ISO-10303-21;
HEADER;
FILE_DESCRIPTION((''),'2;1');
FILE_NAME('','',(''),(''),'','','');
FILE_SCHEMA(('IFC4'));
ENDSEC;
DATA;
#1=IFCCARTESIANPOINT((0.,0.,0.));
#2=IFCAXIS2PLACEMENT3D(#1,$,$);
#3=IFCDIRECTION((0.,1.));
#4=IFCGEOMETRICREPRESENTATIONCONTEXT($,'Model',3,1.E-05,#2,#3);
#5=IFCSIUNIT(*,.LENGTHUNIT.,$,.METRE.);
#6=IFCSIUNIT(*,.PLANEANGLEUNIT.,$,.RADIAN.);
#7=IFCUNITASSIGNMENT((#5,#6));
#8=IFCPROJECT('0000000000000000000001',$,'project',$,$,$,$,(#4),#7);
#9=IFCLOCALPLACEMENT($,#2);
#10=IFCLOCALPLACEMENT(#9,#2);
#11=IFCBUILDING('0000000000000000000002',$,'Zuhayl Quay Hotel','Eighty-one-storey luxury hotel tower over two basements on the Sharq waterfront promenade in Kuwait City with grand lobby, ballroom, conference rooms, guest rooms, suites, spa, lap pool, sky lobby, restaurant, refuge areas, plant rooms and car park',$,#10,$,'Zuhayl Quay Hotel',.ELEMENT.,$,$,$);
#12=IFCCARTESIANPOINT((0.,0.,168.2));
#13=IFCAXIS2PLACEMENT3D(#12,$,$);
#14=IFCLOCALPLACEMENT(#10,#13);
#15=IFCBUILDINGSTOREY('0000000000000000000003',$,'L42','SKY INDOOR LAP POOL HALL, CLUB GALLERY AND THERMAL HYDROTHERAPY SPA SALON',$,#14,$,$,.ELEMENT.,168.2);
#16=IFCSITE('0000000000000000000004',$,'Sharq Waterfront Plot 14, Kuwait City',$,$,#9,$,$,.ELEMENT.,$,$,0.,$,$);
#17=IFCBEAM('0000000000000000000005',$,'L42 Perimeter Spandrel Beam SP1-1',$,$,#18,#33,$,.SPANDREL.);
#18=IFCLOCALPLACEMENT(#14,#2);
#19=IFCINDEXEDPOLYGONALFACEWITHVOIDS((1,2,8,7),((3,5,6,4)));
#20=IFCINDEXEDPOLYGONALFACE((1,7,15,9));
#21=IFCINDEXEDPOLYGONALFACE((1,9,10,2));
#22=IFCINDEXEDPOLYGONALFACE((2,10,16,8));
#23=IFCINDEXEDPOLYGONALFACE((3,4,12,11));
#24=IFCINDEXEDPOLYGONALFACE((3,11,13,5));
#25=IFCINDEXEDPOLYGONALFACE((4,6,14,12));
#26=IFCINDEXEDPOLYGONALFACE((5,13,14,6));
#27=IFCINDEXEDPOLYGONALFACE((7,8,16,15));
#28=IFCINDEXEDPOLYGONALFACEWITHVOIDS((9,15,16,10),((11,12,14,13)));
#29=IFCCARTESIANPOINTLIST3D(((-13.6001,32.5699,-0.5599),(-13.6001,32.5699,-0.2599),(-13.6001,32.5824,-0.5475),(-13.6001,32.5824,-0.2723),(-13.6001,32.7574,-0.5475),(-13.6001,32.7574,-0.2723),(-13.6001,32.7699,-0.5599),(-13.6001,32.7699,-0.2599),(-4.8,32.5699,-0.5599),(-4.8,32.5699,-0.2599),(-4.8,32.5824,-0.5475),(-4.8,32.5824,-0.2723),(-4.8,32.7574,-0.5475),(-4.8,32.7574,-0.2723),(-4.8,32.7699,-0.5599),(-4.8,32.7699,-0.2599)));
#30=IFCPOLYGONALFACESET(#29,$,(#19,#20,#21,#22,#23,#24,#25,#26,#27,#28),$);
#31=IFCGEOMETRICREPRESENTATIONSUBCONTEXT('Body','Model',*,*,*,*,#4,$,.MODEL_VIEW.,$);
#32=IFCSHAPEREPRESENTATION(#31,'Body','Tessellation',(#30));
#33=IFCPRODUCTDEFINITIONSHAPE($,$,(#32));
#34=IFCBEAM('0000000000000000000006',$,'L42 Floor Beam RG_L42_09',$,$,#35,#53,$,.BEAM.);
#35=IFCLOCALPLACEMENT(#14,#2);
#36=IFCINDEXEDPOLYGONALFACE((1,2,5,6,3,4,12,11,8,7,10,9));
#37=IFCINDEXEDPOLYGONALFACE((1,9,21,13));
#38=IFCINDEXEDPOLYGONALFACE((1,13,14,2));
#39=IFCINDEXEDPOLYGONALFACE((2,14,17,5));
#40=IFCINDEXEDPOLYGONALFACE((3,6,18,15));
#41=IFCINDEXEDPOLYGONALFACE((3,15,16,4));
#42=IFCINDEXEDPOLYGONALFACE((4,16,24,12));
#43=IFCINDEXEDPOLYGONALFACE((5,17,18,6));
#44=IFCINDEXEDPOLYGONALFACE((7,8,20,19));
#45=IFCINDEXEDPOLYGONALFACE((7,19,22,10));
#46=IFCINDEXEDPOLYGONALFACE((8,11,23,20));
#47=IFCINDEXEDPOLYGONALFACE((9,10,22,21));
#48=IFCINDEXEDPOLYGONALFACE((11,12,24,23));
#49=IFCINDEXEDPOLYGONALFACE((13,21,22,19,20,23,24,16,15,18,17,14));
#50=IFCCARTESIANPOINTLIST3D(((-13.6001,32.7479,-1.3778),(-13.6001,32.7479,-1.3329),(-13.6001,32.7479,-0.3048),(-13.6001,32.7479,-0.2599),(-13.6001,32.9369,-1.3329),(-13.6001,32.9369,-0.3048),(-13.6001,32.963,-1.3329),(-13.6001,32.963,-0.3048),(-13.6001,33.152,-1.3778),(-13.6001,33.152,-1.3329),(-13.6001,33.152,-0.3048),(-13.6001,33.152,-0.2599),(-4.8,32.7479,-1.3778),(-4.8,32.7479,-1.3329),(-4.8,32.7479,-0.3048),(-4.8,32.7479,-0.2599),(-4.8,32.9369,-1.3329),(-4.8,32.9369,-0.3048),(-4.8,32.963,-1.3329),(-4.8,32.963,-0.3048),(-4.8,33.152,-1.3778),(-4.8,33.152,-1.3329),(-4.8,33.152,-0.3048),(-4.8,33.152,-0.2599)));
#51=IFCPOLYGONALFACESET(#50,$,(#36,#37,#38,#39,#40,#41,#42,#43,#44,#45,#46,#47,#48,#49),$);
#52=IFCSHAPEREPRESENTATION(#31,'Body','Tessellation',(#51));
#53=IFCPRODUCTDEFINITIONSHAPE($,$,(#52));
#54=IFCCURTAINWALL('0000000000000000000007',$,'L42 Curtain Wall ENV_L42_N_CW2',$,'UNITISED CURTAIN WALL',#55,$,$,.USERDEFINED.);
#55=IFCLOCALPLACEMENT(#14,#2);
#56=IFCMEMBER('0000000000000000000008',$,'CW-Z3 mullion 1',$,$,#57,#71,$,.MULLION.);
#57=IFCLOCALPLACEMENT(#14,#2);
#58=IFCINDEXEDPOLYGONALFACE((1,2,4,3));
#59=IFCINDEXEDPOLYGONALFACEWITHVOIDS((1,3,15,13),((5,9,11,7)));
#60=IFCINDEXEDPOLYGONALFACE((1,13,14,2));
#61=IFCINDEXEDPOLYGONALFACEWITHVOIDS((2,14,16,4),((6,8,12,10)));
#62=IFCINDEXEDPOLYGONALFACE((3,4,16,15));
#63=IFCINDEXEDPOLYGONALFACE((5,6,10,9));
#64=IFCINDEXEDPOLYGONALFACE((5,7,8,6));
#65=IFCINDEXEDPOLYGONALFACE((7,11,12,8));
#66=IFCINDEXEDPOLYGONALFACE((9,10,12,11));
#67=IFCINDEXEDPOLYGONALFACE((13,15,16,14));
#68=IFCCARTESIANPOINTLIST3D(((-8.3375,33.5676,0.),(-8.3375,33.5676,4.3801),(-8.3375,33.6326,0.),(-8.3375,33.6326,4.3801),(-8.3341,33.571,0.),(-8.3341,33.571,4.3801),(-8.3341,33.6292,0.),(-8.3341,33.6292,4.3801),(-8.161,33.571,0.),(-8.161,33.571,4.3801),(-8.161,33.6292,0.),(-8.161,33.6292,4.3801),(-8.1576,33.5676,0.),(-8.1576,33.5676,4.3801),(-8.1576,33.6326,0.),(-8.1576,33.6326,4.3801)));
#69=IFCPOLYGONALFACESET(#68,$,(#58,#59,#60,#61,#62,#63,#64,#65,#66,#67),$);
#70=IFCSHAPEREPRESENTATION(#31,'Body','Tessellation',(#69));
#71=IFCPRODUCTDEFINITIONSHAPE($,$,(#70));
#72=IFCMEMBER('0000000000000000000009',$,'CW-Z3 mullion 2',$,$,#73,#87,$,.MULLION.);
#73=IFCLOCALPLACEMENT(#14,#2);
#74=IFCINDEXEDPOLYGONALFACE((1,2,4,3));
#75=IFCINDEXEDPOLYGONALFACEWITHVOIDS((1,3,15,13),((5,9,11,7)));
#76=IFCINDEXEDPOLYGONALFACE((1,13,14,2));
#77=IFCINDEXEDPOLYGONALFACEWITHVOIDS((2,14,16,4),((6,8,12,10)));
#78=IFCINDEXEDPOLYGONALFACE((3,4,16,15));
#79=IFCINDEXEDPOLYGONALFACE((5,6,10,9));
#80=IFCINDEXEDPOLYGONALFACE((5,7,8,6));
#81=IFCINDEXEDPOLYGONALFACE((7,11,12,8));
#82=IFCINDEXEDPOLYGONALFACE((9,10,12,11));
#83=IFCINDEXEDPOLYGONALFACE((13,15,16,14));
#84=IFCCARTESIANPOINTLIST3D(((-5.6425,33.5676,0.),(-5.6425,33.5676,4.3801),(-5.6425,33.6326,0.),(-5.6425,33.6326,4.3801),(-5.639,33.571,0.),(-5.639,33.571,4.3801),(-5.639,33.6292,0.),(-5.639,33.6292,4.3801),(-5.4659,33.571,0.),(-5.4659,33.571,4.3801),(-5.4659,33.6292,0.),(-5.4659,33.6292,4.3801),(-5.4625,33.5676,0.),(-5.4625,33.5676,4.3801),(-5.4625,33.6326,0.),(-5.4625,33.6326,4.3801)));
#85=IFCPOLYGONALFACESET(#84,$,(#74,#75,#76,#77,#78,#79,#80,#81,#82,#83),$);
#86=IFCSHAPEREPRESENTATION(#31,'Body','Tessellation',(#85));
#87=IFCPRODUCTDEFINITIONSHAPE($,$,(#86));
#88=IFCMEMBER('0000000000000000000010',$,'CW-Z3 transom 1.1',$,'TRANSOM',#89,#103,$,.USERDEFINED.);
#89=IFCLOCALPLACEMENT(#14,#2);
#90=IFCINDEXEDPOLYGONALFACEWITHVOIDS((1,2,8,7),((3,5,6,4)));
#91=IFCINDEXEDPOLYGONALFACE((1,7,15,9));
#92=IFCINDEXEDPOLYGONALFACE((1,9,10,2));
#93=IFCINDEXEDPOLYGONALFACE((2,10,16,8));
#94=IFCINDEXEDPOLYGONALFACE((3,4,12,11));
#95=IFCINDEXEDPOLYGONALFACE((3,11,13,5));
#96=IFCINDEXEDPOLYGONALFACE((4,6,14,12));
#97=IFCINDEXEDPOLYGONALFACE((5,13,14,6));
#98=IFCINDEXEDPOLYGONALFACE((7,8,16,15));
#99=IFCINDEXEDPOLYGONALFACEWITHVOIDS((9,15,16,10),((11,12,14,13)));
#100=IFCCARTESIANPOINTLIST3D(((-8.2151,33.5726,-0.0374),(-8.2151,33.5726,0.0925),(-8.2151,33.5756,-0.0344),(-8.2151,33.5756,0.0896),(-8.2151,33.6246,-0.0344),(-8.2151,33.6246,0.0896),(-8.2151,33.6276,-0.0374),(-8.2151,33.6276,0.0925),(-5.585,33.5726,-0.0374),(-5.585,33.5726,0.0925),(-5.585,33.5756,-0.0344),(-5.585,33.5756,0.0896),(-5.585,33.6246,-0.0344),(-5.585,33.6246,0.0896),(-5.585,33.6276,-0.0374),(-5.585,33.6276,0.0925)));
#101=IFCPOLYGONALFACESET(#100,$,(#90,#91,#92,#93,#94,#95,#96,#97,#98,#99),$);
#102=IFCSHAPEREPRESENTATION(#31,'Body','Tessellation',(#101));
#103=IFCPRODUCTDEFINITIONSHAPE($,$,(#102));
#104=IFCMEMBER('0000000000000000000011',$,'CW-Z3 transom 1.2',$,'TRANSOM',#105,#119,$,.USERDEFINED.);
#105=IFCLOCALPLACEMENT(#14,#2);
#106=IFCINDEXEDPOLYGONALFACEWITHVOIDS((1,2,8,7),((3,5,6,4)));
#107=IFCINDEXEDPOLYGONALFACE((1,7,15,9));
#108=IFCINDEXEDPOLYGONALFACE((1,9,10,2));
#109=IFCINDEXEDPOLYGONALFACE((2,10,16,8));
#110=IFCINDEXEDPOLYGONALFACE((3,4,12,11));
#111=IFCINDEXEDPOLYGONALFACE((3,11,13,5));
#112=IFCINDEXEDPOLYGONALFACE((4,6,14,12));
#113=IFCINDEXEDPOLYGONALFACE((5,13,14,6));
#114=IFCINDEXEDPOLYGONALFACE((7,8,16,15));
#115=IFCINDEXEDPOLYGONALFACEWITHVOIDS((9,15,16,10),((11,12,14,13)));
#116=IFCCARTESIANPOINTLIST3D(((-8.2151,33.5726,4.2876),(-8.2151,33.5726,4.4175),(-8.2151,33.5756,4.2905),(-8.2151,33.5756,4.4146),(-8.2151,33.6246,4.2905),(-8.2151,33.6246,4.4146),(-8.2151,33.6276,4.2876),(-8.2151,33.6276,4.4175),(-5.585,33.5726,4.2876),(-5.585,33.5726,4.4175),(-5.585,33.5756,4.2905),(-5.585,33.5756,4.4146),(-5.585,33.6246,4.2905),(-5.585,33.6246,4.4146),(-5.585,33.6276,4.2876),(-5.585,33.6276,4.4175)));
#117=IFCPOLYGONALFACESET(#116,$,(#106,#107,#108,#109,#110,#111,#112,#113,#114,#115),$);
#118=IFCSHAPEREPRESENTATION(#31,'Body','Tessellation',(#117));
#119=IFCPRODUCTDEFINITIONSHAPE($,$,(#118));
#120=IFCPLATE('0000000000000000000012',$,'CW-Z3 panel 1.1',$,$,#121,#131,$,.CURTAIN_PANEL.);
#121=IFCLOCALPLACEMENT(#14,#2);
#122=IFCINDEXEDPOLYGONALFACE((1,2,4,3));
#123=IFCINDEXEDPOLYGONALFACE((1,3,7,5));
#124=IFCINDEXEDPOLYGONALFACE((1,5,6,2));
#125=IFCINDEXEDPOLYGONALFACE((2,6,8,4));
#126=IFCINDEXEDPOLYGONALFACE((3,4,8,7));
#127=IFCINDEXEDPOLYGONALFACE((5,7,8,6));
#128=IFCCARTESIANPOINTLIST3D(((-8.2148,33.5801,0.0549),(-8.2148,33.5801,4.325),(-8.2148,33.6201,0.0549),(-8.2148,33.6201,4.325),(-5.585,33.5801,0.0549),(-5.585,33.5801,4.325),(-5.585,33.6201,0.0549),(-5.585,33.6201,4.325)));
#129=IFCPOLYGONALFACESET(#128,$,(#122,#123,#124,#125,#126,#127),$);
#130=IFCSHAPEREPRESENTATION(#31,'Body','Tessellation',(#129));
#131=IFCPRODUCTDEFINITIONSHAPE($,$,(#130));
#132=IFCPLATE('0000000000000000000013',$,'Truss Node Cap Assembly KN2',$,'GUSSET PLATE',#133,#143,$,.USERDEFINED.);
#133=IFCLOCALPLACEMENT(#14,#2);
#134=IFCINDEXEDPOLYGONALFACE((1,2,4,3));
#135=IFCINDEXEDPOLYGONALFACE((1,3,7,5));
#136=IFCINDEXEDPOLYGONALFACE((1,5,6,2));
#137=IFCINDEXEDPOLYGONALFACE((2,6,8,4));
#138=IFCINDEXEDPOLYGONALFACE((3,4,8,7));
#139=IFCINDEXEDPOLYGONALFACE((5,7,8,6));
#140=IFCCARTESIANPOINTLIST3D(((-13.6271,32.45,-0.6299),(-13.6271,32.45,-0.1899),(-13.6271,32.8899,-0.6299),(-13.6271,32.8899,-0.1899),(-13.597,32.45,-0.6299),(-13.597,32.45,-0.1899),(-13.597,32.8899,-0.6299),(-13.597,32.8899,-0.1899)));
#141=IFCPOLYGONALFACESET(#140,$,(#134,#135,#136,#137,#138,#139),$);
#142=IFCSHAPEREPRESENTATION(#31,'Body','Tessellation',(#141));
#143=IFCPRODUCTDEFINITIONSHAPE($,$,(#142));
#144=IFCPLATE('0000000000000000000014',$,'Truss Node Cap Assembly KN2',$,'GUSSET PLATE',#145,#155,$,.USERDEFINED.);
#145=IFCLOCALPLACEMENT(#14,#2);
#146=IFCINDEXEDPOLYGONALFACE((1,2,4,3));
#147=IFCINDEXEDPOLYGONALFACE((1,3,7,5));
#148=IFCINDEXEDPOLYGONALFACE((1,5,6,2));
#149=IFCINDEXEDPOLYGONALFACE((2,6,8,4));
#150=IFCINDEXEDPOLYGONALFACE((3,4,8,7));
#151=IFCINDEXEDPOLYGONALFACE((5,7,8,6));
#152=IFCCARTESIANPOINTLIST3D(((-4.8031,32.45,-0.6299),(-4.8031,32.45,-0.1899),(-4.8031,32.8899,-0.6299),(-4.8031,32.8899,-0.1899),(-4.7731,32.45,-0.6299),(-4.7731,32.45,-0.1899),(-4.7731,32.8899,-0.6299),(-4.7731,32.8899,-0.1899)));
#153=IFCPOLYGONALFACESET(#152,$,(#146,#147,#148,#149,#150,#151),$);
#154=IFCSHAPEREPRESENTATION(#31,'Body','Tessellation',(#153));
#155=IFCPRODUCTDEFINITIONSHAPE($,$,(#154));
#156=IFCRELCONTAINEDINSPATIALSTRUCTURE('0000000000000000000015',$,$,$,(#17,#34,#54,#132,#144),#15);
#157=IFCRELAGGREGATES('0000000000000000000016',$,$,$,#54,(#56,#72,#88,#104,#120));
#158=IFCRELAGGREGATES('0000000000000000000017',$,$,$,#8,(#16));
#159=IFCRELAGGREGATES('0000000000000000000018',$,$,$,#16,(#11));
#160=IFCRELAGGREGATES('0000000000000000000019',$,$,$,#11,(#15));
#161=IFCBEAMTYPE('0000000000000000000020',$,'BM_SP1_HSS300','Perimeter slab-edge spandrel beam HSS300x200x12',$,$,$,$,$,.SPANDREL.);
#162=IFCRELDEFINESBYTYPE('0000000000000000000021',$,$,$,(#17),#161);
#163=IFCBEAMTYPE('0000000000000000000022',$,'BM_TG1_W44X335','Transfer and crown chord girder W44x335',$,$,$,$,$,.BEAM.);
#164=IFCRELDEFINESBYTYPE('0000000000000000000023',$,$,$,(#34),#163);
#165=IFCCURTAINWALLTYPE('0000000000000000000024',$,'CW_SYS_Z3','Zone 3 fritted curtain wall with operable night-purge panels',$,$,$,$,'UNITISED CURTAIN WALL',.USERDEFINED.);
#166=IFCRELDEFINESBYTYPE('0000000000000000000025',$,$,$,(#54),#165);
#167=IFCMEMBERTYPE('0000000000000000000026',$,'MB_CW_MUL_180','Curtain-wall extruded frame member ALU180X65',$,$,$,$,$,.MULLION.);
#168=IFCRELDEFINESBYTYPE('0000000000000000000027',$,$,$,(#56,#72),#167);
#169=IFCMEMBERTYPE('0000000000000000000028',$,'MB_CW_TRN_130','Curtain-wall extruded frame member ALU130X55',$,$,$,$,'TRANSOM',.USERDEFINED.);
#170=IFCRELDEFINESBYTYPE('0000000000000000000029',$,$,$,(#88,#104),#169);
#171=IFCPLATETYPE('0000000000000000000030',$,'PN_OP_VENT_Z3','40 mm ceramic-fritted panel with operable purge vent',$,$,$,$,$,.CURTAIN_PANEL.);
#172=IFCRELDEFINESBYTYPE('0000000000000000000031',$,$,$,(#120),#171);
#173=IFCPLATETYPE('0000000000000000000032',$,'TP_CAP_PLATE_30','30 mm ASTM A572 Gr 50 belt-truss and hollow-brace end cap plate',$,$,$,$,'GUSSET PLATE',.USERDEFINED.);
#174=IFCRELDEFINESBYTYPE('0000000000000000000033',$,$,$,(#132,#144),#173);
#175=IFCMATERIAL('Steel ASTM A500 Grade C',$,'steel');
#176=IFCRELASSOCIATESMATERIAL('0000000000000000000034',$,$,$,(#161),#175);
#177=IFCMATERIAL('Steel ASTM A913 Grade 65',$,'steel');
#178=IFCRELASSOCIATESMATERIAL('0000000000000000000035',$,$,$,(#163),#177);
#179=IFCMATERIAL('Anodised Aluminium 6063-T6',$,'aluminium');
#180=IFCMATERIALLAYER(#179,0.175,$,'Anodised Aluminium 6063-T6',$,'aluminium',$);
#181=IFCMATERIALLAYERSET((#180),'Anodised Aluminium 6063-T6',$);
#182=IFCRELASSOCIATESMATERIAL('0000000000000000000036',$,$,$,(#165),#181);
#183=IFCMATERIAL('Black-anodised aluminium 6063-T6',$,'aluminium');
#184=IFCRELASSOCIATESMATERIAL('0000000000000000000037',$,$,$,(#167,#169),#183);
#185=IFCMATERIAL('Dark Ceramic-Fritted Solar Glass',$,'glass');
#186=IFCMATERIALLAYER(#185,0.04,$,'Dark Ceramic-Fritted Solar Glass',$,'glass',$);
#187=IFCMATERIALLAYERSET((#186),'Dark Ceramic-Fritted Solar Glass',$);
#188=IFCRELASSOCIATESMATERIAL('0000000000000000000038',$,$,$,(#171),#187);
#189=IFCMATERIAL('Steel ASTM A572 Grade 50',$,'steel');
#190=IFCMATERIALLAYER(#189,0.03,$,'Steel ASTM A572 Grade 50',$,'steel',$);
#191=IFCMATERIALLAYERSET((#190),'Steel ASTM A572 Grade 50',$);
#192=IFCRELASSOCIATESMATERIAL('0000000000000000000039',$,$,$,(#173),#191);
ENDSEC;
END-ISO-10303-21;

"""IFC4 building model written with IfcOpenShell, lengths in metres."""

from ifc_helpers import new_model, si_unit, direction, frame, origin, origin_2d, place, context, subcontext, project, spatial, rectangle, hollow_rectangle, i_section, extrude, material, layer, layer_set, material_profile, profile_set, type_object, element, aggregate, save


model = new_model("IFC4")

# Units and contexts
model_context = context("Model", 3, precision=1e-05, world=origin(), true_north=direction((0.0, 1.0)))
body_context = subcontext(model_context, "Body", "Model", "MODEL_VIEW")
ifc_project = project(units=[si_unit("LENGTHUNIT", "METRE"), si_unit("PLANEANGLEUNIT", "RADIAN")], contexts=[model_context])

# Site, building, storey
site_placement = place(None, origin())
site = spatial("IfcSite", under=ifc_project, at=site_placement, Name="Sharq Waterfront Plot 14, Kuwait City", CompositionType="ELEMENT", RefElevation=0.0)
building_placement = place(site_placement, origin())
building = spatial("IfcBuilding", under=site, at=building_placement, Name="Zuhayl Quay Hotel", Description="Eighty-one-storey luxury hotel tower over two basements on the Sharq waterfront promenade in Kuwait City with grand lobby, ballroom, conference rooms, guest rooms, suites, spa, lap pool, sky lobby, restaurant, refuge areas, plant rooms and car park", LongName="Zuhayl Quay Hotel", CompositionType="ELEMENT")
storey_placement = place(building_placement, frame((0.0, 0.0, 168.2)))
storey = spatial("IfcBuildingStorey", under=building, at=storey_placement, Name="L42", Description="SKY INDOOR LAP POOL HALL, CLUB GALLERY AND THERMAL HYDROTHERAPY SPA SALON", CompositionType="ELEMENT", Elevation=168.2)

# Shared definitions
ifc_material_1 = material(Name="Steel ASTM A913 Grade 65", Category="steel")

# Beams
ifc_material_2 = material(Name="Steel ASTM A500 Grade C", Category="steel")
ifc_material_profile_1 = material_profile(ifc_material_2, hollow_rectangle(XDim=0.2, YDim=0.3, WallThickness=0.0125, at=origin_2d()), Name="HSS300X200X12")
ifc_profile_set_1 = profile_set([ifc_material_profile_1], Name="Steel ASTM A500 Grade C")
beam_type_1 = type_object("IfcBeamType", Name="BM_SP1_HSS300", Description="Perimeter slab-edge spandrel beam HSS300x200x12", PredefinedType="SPANDREL", material=ifc_profile_set_1)
beam_1_placement = place(storey_placement, frame((-13.6001, 32.6699, -0.4099), z_axis=(1.0, 0.0, 0.0), x_axis=(0.0, 1.0, 0.0)))
element("IfcBeam", 1, at=beam_1_placement, inside=storey, type_object=beam_type_1, Name="L42 Perimeter Spandrel Beam SP1-1", PredefinedType="SPANDREL", context=body_context, shape_type="SweptSolid", body=[
    extrude(hollow_rectangle(XDim=0.2, YDim=0.3, WallThickness=0.0125, at=origin_2d()), origin(), (0.0, 0.0, 1.0), 8.8),
])
ifc_material_profile_2 = material_profile(ifc_material_1, i_section(OverallWidth=0.4041, OverallDepth=1.1179, WebThickness=0.0261, FlangeThickness=0.0449, at=origin_2d()), Name="W44X335")
ifc_profile_set_2 = profile_set([ifc_material_profile_2], Name="Steel ASTM A913 Grade 65")
beam_type_2 = type_object("IfcBeamType", Name="BM_TG1_W44X335", Description="Transfer and crown chord girder W44x335", PredefinedType="BEAM", material=ifc_profile_set_2)
beam_2_placement = place(storey_placement, frame((-4.8, 32.95, -0.8188), z_axis=(-1.0, 0.0, 0.0), x_axis=(0.0, -1.0, 0.0)))
element("IfcBeam", 2, at=beam_2_placement, inside=storey, type_object=beam_type_2, Name="L42 Floor Beam RG_L42_09", PredefinedType="BEAM", context=body_context, shape_type="SweptSolid", body=[
    extrude(i_section(OverallWidth=0.4041, OverallDepth=1.1179, WebThickness=0.0261, FlangeThickness=0.0449, at=origin_2d()), origin(), (0.0, 0.0, 1.0), 8.8),
])

# Curtain wall, members, plate
ifc_material_3 = material(Name="Anodised Aluminium 6063-T6", Category="aluminium")
ifc_layer_1 = layer(ifc_material_3, 0.175, Name="Anodised Aluminium 6063-T6", Category="aluminium")
ifc_layer_set_1 = layer_set([ifc_layer_1], Name="Anodised Aluminium 6063-T6")
curtain_wall_type = type_object("IfcCurtainWallType", Name="CW_SYS_Z3", Description="Zone 3 fritted curtain wall with operable night-purge panels", ElementType="UNITISED CURTAIN WALL", PredefinedType="USERDEFINED", material=ifc_layer_set_1)
curtain_wall_placement = place(storey_placement, origin())
curtain_wall = element("IfcCurtainWall", 3, at=curtain_wall_placement, inside=storey, type_object=curtain_wall_type, Name="L42 Curtain Wall ENV_L42_N_CW2", ObjectType="UNITISED CURTAIN WALL", PredefinedType="USERDEFINED")
ifc_material_4 = material(Name="Black-anodised aluminium 6063-T6", Category="aluminium")
ifc_material_profile_3 = material_profile(ifc_material_4, hollow_rectangle(XDim=0.0649, YDim=0.1799, WallThickness=0.0034, at=origin_2d()), Name="ALU180X65")
ifc_profile_set_3 = profile_set([ifc_material_profile_3], Name="Black-anodised aluminium 6063-T6")
member_type_1 = type_object("IfcMemberType", Name="MB_CW_MUL_180", Description="Curtain-wall extruded frame member ALU180X65", PredefinedType="MULLION", material=ifc_profile_set_3)
member_1_placement = place(storey_placement, frame((-8.2476, 33.6001, 0.0), z_axis=(0.0, 0.0, 1.0), x_axis=(0.0, 1.0, 0.0)))
member_1 = element("IfcMember", 4, at=member_1_placement, type_object=member_type_1, Name="CW-Z3 mullion 1", PredefinedType="MULLION", context=body_context, shape_type="SweptSolid", body=[
    extrude(hollow_rectangle(XDim=0.0649, YDim=0.1799, WallThickness=0.0034, at=origin_2d()), origin(), (0.0, 0.0, 1.0), 4.3801),
])
member_2_placement = place(storey_placement, frame((-5.5525, 33.6001, 0.0), z_axis=(0.0, 0.0, 1.0), x_axis=(0.0, 1.0, 0.0)))
member_2 = element("IfcMember", 5, at=member_2_placement, type_object=member_type_1, Name="CW-Z3 mullion 2", PredefinedType="MULLION", context=body_context, shape_type="SweptSolid", body=[
    extrude(hollow_rectangle(XDim=0.0649, YDim=0.1799, WallThickness=0.0034, at=origin_2d()), origin(), (0.0, 0.0, 1.0), 4.3801),
])
ifc_material_profile_4 = material_profile(ifc_material_4, hollow_rectangle(XDim=0.0549, YDim=0.1299, WallThickness=0.0029, at=origin_2d()), Name="ALU130X55")
ifc_profile_set_4 = profile_set([ifc_material_profile_4], Name="Black-anodised aluminium 6063-T6")
member_type_2 = type_object("IfcMemberType", Name="MB_CW_TRN_130", Description="Curtain-wall extruded frame member ALU130X55", ElementType="TRANSOM", PredefinedType="USERDEFINED", material=ifc_profile_set_4)
member_3_placement = place(storey_placement, frame((-8.2151, 33.6001, 0.0276), z_axis=(1.0, 0.0, 0.0), x_axis=(0.0, 1.0, 0.0)))
member_3 = element("IfcMember", 6, at=member_3_placement, type_object=member_type_2, Name="CW-Z3 transom 1.1", ObjectType="TRANSOM", PredefinedType="USERDEFINED", context=body_context, shape_type="SweptSolid", body=[
    extrude(hollow_rectangle(XDim=0.0549, YDim=0.1299, WallThickness=0.0029, at=origin_2d()), origin(), (0.0, 0.0, 1.0), 2.6301),
])
member_4_placement = place(storey_placement, frame((-8.2151, 33.6001, 4.3525), z_axis=(1.0, 0.0, 0.0), x_axis=(0.0, 1.0, 0.0)))
member_4 = element("IfcMember", 7, at=member_4_placement, type_object=member_type_2, Name="CW-Z3 transom 1.2", ObjectType="TRANSOM", PredefinedType="USERDEFINED", context=body_context, shape_type="SweptSolid", body=[
    extrude(hollow_rectangle(XDim=0.0549, YDim=0.1299, WallThickness=0.0029, at=origin_2d()), origin(), (0.0, 0.0, 1.0), 2.6301),
])
ifc_material_5 = material(Name="Dark Ceramic-Fritted Solar Glass", Category="glass")
ifc_layer_2 = layer(ifc_material_5, 0.04, Name="Dark Ceramic-Fritted Solar Glass", Category="glass")
ifc_layer_set_2 = layer_set([ifc_layer_2], Name="Dark Ceramic-Fritted Solar Glass")
plate_type_1 = type_object("IfcPlateType", Name="PN_OP_VENT_Z3", Description="40 mm ceramic-fritted panel with operable purge vent", PredefinedType="CURTAIN_PANEL", material=ifc_layer_set_2)
plate_placement = place(storey_placement, frame((-6.8999, 33.6001, 0.0549), z_axis=(0.0, 0.0, 1.0), x_axis=(1.0, 0.0, 0.0)))
plate = element("IfcPlate", 8, at=plate_placement, type_object=plate_type_1, Name="CW-Z3 panel 1.1", PredefinedType="CURTAIN_PANEL", context=body_context, shape_type="SweptSolid", body=[
    extrude(rectangle(XDim=2.6299, YDim=0.04, at=origin_2d()), origin(), (0.0, 0.0, 1.0), 4.27),
])
aggregate(curtain_wall, [member_1, member_2, member_3, member_4, plate])

# Plates
ifc_material_6 = material(Name="Steel ASTM A572 Grade 50", Category="steel")
ifc_layer_3 = layer(ifc_material_6, 0.03, Name="Steel ASTM A572 Grade 50", Category="steel")
ifc_layer_set_3 = layer_set([ifc_layer_3], Name="Steel ASTM A572 Grade 50")
plate_type_2 = type_object("IfcPlateType", Name="TP_CAP_PLATE_30", Description="30 mm ASTM A572 Gr 50 belt-truss and hollow-brace end cap plate", ElementType="GUSSET PLATE", PredefinedType="USERDEFINED", material=ifc_layer_set_3)
for number, where, z_axis, x_axis, name in (
    (9, (-13.6121, 32.6699, -0.6299), (0.0, 0.0, 1.0), (-1.0, 0.0, 0.0), "Truss Node Cap Assembly KN2"),
    (10, (-4.7881, 32.6699, -0.6299), (0.0, 0.0, 1.0), (1.0, 0.0, 0.0), "Truss Node Cap Assembly KN2"),
):
    element("IfcPlate", number, at=place(storey_placement, frame(where, z_axis=z_axis, x_axis=x_axis)), inside=storey, type_object=plate_type_2, Name=name, ObjectType="GUSSET PLATE", PredefinedType="USERDEFINED", context=body_context, shape_type="SweptSolid", body=[
        extrude(rectangle(XDim=0.03, YDim=0.4399, at=origin_2d()), origin(), (0.0, 0.0, 1.0), 0.4399),
    ])

save(model, "model.ifc")
